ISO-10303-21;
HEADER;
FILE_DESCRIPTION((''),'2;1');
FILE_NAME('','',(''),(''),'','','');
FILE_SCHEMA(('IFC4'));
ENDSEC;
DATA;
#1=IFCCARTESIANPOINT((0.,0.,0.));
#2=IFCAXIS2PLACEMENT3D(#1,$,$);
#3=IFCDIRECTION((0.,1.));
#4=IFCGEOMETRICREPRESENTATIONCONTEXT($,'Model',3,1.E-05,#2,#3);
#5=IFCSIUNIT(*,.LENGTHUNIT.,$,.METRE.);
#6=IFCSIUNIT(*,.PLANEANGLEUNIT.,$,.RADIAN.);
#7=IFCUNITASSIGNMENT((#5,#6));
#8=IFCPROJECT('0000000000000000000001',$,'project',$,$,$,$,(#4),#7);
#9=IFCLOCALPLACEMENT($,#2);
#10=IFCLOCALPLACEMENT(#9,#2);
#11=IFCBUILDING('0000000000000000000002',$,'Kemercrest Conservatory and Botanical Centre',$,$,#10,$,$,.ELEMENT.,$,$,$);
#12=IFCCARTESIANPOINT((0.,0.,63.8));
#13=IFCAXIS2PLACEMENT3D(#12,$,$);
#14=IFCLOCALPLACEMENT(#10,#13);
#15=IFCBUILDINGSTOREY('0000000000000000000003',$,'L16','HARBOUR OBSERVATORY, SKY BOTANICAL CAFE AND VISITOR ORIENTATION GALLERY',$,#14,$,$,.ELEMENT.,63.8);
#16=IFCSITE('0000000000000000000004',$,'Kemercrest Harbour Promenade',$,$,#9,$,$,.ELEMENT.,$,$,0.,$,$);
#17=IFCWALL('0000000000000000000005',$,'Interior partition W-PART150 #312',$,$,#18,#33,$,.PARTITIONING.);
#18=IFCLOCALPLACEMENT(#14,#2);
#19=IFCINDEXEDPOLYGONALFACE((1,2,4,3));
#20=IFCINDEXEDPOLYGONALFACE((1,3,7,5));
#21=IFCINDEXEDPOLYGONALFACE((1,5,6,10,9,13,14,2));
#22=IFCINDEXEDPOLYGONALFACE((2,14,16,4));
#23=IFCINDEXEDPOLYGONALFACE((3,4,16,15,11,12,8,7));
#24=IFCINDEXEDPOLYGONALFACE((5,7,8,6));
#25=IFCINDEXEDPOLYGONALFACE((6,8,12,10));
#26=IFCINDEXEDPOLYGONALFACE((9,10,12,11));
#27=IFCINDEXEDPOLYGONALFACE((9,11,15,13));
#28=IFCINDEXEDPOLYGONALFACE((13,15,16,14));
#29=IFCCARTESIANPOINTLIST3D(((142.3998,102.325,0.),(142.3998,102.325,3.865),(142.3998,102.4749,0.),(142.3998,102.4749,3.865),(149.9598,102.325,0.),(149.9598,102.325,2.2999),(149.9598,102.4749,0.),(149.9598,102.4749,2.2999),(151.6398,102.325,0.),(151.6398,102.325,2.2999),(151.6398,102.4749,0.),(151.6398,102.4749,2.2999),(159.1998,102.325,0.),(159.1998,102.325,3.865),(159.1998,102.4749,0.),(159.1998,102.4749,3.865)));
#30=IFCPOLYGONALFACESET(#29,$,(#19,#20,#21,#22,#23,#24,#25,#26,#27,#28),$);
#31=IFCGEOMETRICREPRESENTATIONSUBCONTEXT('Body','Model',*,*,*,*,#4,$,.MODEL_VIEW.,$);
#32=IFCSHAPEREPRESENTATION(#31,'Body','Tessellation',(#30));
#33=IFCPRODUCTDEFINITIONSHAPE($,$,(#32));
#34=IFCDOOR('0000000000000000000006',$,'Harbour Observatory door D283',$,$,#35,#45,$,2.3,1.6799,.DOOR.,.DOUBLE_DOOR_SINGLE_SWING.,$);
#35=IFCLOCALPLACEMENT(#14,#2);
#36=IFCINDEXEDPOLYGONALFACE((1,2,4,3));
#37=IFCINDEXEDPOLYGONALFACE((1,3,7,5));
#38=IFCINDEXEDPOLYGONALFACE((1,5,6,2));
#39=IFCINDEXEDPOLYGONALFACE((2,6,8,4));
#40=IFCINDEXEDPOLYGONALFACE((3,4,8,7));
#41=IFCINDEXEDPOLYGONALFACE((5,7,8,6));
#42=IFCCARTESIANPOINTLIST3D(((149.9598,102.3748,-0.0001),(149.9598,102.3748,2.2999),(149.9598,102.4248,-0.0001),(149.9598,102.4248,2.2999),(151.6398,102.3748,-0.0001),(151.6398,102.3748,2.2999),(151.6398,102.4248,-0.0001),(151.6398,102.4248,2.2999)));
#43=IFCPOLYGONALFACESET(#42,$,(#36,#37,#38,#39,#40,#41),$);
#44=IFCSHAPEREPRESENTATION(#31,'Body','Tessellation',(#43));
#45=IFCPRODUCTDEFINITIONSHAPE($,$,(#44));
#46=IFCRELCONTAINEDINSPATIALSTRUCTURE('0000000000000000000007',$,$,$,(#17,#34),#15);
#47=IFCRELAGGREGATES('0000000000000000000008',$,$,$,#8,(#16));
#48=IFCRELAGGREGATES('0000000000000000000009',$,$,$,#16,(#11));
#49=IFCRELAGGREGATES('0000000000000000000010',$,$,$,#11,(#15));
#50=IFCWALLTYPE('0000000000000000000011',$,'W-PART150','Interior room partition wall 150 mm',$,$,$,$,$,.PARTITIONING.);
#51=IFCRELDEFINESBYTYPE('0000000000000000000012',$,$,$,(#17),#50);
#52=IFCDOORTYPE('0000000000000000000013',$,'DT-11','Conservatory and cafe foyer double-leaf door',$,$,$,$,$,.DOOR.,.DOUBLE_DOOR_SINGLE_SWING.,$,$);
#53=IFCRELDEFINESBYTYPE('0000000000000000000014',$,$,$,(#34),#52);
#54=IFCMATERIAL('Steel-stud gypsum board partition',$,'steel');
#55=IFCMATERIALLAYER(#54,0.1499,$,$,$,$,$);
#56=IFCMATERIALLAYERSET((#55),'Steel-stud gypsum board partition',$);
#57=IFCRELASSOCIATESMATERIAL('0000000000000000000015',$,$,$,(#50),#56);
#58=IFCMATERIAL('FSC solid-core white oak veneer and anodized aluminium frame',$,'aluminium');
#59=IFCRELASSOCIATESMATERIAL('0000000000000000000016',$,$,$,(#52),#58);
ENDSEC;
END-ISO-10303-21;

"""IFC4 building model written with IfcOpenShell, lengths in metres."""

from ifc_helpers import new_model, si_unit, direction, frame, frame_2d, origin, place, context, subcontext, project, spatial, rectangle, extrude, material, layer, layer_set, type_object, element, fill, save


model = new_model("IFC4")

# Units and contexts
model_context = context("Model", 3, precision=1e-05, world=origin(), true_north=direction((0.0, 1.0)))
body_context = subcontext(model_context, "Body", "Model", "MODEL_VIEW")
ifc_project = project(units=[si_unit("LENGTHUNIT", "METRE"), si_unit("PLANEANGLEUNIT", "RADIAN")], contexts=[model_context])

# Site, building, storey
site_placement = place(None, origin())
site = spatial("IfcSite", under=ifc_project, at=site_placement, Name="Kemercrest Harbour Promenade", CompositionType="ELEMENT", RefElevation=0.0)
building_placement = place(site_placement, origin())
building = spatial("IfcBuilding", under=site, at=building_placement, Name="Kemercrest Conservatory and Botanical Centre", CompositionType="ELEMENT")
storey_placement = place(building_placement, frame((0.0, 0.0, 63.8)))
storey = spatial("IfcBuildingStorey", under=building, at=storey_placement, Name="L16", Description="HARBOUR OBSERVATORY, SKY BOTANICAL CAFE AND VISITOR ORIENTATION GALLERY", CompositionType="ELEMENT", Elevation=63.8)

# Wall, opening, door
ifc_material_1 = material(Name="Steel-stud gypsum board partition", Category="steel")
ifc_layer_1 = layer(ifc_material_1, 0.1499)
ifc_layer_set_1 = layer_set([ifc_layer_1], Name="Steel-stud gypsum board partition")
wall_type = type_object("IfcWallType", Name="W-PART150", Description="Interior room partition wall 150 mm", PredefinedType="PARTITIONING", material=ifc_layer_set_1)
wall_placement = place(storey_placement, frame((142.3999, 102.3999, 0.0), z_axis=(0.0, 0.0, 1.0), x_axis=(1.0, 0.0, 0.0)))
wall = element("IfcWall", 1, at=wall_placement, inside=storey, type_object=wall_type, Name="Interior partition W-PART150 #312", PredefinedType="PARTITIONING", context=body_context, shape_type="SweptSolid", body=[
    extrude(rectangle(XDim=16.8, YDim=0.1499, at=frame_2d((8.3999, 0.0))), origin(), (0.0, 0.0, 1.0), 3.865),
])
opening_placement = place(wall_placement, frame((7.5601, 0.0, 0.0)))
opening = element("IfcOpeningElement", 2, at=opening_placement, cuts=wall, PredefinedType="OPENING", context=body_context, shape_type="SweptSolid", body=[
    extrude(rectangle(XDim=1.6799, YDim=2.3, at=frame_2d((0.8398, 1.1499))), frame((0.0, 0.085, 0.0), z_axis=(0.0, -1.0, 0.0), x_axis=(1.0, 0.0, 0.0)), (0.0, 0.0, 1.0), 0.1699),
])
ifc_material_2 = material(Name="FSC solid-core white oak veneer and anodized aluminium frame", Category="aluminium")
door_type = type_object("IfcDoorType", Name="DT-11", Description="Conservatory and cafe foyer double-leaf door", OperationType="DOUBLE_DOOR_SINGLE_SWING", PredefinedType="DOOR", material=ifc_material_2)
door_placement = place(opening_placement, origin())
door = element("IfcDoor", 3, at=door_placement, inside=storey, type_object=door_type, Name="Harbour Observatory door D283", OperationType="DOUBLE_DOOR_SINGLE_SWING", OverallHeight=2.3, OverallWidth=1.6799, PredefinedType="DOOR", context=body_context, shape_type="SweptSolid", body=[
    extrude(rectangle(XDim=1.6799, YDim=2.3, at=frame_2d((0.8398, 1.1499))), frame((0.0, 0.0249, 0.0), z_axis=(0.0, -1.0, 0.0), x_axis=(1.0, 0.0, 0.0)), (0.0, 0.0, 1.0), 0.05),
])
fill(opening, door)

save(model, "model.ifc")
